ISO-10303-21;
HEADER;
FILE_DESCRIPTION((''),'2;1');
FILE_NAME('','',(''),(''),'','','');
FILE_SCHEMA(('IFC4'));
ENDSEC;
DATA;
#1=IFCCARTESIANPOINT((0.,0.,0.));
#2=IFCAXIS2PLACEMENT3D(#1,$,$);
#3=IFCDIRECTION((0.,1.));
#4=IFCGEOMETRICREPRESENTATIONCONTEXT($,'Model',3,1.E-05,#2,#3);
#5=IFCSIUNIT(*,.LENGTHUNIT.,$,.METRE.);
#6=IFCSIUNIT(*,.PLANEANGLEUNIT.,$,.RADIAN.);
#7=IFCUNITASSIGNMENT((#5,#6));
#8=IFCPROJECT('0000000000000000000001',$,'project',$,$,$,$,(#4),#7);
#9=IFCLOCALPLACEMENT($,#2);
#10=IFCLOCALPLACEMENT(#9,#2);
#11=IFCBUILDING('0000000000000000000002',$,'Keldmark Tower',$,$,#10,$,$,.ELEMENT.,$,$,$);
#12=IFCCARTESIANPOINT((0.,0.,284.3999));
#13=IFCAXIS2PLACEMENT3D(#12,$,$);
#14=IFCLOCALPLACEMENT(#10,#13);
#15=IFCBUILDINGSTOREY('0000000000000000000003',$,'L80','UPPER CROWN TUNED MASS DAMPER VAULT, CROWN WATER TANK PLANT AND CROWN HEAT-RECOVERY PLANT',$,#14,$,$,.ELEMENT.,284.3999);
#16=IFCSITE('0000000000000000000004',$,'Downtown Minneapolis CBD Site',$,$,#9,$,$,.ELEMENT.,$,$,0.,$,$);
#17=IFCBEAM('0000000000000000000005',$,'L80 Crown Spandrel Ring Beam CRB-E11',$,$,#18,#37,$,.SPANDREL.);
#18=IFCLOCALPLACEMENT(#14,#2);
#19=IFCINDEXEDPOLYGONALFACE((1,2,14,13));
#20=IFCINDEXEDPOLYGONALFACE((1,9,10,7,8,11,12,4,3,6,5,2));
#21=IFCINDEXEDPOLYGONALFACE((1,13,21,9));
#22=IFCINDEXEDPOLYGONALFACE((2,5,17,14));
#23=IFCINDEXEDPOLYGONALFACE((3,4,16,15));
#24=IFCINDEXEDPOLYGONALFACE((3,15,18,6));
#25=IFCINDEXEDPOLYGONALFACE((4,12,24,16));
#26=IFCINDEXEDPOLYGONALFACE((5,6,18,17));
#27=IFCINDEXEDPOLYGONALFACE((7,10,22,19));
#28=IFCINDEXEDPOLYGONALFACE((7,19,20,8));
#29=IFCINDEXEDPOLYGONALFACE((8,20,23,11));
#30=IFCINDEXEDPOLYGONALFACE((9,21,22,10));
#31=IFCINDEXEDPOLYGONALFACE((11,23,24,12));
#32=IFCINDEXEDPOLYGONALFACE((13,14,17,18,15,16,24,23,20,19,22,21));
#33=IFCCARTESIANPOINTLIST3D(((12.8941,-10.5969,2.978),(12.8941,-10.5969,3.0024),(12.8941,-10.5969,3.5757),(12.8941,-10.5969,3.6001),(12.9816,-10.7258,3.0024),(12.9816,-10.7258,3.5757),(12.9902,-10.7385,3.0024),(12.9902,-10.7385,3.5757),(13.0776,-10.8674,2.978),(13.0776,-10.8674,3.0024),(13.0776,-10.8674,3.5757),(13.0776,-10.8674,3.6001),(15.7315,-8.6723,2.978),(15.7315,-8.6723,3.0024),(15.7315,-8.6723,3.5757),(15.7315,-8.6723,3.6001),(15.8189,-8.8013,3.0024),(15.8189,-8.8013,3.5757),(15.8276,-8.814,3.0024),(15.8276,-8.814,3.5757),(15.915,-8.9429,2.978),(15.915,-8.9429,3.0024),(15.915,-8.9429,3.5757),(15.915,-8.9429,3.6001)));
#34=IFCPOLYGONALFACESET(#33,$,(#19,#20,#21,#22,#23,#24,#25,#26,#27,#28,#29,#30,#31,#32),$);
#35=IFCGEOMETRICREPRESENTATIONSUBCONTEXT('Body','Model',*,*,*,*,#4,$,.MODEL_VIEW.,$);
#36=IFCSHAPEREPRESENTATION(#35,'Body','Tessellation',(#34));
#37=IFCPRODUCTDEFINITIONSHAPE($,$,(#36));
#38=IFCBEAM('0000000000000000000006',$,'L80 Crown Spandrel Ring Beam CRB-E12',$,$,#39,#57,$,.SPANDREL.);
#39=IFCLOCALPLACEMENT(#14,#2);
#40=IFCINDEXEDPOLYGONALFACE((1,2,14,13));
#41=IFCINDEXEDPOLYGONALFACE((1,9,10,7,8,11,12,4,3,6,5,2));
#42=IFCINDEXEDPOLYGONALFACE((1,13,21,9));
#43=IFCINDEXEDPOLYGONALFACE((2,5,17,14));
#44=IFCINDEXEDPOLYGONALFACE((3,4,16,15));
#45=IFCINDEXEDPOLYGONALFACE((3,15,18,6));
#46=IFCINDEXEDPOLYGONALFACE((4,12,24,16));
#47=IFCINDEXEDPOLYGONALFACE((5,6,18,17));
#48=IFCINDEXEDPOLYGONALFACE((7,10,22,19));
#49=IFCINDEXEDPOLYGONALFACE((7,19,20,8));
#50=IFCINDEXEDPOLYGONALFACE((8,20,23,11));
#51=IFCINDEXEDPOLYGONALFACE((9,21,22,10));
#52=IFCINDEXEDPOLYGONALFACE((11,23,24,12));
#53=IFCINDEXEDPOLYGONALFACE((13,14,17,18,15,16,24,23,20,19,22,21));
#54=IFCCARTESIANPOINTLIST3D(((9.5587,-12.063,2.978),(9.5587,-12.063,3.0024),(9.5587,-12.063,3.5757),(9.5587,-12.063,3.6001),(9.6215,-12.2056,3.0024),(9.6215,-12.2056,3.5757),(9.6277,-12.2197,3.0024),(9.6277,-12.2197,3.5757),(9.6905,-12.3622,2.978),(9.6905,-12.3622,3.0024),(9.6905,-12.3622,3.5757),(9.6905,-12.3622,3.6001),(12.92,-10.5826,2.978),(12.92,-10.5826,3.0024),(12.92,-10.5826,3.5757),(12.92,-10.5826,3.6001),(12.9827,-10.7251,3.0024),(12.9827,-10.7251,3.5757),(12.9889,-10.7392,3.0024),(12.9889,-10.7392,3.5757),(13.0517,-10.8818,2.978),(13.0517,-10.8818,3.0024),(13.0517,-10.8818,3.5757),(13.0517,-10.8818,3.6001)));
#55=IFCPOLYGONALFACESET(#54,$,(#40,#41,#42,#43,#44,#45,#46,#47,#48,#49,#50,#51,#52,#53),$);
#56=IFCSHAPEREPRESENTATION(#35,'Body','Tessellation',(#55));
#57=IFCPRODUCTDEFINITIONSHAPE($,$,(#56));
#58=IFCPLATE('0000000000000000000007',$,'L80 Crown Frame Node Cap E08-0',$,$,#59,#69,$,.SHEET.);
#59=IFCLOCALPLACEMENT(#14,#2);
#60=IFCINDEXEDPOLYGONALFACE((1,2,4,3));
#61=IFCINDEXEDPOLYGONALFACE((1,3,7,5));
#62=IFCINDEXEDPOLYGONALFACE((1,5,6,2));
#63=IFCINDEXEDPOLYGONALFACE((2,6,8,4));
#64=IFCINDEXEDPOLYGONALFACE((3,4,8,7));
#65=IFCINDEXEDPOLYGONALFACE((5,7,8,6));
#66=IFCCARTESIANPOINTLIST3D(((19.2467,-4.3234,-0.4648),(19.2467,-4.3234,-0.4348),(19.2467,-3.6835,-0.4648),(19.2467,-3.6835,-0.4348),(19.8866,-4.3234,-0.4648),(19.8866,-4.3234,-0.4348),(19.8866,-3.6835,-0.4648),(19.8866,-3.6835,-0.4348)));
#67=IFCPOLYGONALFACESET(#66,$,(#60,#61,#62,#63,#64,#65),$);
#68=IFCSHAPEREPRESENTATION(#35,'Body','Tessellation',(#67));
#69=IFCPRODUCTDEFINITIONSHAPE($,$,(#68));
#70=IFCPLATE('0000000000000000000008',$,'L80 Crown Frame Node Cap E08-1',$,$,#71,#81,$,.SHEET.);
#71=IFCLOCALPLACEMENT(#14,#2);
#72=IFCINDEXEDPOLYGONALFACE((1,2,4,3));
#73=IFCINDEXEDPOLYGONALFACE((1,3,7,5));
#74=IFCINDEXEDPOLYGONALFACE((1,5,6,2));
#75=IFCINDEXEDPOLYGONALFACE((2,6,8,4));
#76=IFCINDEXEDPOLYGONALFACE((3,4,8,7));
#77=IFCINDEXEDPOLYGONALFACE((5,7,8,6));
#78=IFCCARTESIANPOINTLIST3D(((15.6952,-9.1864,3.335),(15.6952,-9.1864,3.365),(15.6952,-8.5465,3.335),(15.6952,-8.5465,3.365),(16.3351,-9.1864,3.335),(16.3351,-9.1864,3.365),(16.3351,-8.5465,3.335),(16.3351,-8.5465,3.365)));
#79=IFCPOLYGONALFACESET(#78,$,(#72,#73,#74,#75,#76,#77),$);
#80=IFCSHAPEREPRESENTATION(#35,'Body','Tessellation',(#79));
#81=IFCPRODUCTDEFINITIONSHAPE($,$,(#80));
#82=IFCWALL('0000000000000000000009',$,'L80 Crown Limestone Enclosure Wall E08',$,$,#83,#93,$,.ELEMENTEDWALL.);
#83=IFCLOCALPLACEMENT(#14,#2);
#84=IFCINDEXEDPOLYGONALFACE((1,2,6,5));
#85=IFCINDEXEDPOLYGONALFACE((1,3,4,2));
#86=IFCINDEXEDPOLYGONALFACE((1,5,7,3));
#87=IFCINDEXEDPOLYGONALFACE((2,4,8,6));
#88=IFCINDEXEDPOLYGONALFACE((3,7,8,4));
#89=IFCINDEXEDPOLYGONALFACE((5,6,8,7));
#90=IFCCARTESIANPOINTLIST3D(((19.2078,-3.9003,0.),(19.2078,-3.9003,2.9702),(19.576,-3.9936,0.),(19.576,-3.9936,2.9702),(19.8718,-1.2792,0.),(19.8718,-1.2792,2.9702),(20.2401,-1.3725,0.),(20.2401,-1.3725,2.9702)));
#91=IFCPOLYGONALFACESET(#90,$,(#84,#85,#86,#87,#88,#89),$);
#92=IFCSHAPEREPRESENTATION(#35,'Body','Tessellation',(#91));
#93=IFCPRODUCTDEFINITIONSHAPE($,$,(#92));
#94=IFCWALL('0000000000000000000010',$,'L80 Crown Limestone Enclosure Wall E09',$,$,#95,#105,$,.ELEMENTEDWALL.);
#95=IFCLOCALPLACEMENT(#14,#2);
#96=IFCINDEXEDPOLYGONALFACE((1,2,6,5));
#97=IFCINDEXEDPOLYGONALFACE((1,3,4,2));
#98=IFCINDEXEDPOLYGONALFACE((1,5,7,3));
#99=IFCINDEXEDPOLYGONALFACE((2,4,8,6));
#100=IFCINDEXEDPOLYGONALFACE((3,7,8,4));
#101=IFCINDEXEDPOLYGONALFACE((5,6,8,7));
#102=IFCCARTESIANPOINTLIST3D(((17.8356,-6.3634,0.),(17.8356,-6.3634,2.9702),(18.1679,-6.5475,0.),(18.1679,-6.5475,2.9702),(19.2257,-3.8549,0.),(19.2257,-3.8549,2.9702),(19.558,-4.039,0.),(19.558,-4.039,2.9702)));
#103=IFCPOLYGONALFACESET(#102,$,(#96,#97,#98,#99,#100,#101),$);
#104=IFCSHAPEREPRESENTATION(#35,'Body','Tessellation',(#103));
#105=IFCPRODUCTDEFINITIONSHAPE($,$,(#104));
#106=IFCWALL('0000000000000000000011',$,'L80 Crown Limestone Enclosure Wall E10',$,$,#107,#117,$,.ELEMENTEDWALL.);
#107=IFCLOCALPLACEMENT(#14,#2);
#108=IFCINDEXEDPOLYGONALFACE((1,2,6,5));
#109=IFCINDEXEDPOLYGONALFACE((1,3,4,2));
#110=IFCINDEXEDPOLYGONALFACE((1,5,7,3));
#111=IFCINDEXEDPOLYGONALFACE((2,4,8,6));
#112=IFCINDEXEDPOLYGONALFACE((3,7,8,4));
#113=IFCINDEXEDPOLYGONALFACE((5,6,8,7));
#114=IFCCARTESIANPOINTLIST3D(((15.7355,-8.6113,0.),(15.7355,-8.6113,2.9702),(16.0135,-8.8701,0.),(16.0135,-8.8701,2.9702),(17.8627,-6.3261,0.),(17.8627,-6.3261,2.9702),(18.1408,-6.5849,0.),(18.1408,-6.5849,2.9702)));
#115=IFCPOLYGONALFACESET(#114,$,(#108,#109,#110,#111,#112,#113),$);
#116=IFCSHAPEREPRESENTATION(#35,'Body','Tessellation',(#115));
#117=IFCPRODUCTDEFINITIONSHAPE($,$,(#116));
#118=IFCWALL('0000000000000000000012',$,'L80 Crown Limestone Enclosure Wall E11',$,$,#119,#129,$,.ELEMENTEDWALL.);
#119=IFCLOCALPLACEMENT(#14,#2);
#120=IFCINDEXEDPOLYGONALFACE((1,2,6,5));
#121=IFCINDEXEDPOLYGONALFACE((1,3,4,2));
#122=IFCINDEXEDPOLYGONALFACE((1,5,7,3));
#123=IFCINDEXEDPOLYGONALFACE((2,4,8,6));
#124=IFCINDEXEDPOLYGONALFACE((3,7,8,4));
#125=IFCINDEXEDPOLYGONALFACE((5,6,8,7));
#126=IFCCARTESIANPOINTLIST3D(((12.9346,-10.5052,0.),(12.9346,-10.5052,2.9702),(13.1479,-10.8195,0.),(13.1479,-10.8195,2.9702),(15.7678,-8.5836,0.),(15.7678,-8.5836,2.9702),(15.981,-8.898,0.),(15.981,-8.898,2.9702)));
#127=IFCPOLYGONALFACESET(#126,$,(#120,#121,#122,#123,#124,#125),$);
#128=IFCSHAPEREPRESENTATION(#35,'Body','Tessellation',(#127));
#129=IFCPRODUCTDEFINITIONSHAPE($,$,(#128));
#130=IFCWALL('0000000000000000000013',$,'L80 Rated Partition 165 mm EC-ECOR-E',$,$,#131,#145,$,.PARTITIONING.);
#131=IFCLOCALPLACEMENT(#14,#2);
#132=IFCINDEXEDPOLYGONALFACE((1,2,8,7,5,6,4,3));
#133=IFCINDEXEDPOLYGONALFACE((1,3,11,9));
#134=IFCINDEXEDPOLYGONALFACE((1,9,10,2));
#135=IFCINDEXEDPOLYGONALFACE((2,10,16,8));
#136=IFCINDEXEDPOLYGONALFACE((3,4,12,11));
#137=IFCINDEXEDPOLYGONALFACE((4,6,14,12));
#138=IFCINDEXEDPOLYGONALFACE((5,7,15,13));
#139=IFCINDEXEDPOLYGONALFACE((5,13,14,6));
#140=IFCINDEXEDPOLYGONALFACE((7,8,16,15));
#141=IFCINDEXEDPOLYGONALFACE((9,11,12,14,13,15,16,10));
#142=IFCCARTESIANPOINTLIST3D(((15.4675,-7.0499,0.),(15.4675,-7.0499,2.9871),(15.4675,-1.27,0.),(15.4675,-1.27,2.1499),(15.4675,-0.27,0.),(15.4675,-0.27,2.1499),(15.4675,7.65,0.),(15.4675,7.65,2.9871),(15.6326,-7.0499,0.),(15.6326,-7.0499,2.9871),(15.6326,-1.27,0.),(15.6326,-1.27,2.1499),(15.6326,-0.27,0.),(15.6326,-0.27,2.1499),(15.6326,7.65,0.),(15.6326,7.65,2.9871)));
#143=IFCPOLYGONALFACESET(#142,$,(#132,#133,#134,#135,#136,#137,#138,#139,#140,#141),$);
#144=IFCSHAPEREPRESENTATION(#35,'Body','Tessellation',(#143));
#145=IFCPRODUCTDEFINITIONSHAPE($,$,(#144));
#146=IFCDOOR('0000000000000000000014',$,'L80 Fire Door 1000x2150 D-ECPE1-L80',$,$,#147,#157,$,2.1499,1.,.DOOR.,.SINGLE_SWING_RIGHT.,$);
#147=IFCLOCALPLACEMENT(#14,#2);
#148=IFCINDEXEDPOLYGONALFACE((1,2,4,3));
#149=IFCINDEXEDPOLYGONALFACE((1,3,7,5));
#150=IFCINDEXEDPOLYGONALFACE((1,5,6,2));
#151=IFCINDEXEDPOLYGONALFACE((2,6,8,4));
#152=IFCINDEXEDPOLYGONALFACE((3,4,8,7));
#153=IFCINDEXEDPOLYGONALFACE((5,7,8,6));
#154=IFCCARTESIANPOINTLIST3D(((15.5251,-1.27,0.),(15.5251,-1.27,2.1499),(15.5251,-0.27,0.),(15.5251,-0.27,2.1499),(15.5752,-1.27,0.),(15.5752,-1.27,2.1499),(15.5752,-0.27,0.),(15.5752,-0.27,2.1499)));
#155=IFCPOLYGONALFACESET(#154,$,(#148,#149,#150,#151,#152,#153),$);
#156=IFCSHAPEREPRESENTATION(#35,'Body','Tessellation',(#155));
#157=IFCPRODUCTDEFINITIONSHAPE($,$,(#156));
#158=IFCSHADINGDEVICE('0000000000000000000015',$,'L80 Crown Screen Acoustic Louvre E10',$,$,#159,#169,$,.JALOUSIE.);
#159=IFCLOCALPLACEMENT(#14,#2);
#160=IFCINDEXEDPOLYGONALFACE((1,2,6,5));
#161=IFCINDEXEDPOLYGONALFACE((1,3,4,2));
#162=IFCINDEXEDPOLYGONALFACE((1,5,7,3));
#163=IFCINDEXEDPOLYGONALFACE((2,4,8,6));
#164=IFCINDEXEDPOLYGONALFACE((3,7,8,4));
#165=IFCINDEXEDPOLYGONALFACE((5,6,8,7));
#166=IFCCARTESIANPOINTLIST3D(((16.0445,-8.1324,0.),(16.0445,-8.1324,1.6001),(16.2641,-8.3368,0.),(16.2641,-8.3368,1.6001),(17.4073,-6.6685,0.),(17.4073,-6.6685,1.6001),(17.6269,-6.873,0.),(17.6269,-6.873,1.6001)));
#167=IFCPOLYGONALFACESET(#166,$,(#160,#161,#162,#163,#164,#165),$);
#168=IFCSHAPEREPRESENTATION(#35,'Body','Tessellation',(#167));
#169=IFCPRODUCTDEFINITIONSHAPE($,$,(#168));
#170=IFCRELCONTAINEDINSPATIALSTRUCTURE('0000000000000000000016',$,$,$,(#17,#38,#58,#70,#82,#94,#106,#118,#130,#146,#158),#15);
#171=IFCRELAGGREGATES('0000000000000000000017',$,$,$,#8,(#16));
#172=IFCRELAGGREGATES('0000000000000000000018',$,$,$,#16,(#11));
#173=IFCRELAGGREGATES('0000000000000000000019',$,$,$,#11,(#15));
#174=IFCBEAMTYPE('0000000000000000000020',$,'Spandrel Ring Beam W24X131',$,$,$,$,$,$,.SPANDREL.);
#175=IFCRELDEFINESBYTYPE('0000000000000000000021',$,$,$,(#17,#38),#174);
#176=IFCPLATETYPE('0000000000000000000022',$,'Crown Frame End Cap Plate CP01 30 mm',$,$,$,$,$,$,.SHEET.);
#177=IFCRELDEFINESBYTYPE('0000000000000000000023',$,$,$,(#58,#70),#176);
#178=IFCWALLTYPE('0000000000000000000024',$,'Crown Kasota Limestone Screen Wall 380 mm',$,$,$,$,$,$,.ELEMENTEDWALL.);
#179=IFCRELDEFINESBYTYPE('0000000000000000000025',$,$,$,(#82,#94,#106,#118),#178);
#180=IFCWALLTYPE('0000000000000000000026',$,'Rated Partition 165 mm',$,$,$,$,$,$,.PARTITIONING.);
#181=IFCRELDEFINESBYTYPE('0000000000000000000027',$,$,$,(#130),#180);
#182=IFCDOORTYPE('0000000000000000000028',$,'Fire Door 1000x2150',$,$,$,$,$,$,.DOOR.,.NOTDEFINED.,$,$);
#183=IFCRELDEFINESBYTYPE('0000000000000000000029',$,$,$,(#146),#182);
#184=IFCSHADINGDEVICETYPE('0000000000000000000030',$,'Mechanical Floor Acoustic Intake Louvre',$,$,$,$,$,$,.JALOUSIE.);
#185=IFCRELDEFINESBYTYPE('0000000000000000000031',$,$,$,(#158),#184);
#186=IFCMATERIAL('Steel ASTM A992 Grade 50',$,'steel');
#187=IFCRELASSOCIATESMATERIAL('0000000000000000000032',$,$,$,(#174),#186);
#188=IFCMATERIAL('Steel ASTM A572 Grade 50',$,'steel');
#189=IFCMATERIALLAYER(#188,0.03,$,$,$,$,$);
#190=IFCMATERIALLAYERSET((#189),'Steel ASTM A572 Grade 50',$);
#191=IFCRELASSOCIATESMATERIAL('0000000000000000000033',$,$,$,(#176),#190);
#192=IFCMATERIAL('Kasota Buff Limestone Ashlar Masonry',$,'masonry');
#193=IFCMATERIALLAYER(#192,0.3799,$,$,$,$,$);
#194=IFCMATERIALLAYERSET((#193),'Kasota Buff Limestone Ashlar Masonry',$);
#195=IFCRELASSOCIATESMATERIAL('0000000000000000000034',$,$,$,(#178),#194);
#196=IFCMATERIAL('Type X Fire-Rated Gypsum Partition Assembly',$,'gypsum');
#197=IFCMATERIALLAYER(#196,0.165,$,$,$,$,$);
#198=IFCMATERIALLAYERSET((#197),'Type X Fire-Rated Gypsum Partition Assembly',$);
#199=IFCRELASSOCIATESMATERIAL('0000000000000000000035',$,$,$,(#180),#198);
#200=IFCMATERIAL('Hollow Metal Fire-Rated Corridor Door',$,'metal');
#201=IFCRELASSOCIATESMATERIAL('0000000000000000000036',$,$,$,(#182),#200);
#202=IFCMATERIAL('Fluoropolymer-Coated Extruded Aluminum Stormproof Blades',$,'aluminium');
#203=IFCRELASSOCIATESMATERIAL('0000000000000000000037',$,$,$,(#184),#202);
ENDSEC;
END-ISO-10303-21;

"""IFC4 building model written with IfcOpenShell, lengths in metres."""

from ifc_helpers import new_model, si_unit, direction, frame, frame_2d, origin, origin_2d, place, context, subcontext, project, spatial, rectangle, i_section, extrude, material, layer, layer_set, material_profile, profile_set, type_object, element, fill, save


model = new_model("IFC4")

# Units and contexts
model_context = context("Model", 3, precision=1e-05, world=origin(), true_north=direction((0.0, 1.0)))
body_context = subcontext(model_context, "Body", "Model", "MODEL_VIEW")
ifc_project = project(units=[si_unit("LENGTHUNIT", "METRE"), si_unit("PLANEANGLEUNIT", "RADIAN")], contexts=[model_context])

# Site, building, storey
site_placement = place(None, origin())
site = spatial("IfcSite", under=ifc_project, at=site_placement, Name="Downtown Minneapolis CBD Site", CompositionType="ELEMENT", RefElevation=0.0)
building_placement = place(site_placement, origin())
building = spatial("IfcBuilding", under=site, at=building_placement, Name="Keldmark Tower", CompositionType="ELEMENT")
storey_placement = place(building_placement, frame((0.0, 0.0, 284.3999)))
storey = spatial("IfcBuildingStorey", under=building, at=storey_placement, Name="L80", Description="UPPER CROWN TUNED MASS DAMPER VAULT, CROWN WATER TANK PLANT AND CROWN HEAT-RECOVERY PLANT", CompositionType="ELEMENT", Elevation=284.3999)

# Beams
ifc_material_1 = material(Name="Steel ASTM A992 Grade 50", Category="steel")
ifc_material_profile_1 = material_profile(ifc_material_1, i_section(OverallWidth=0.3269, OverallDepth=0.6221, WebThickness=0.0154, FlangeThickness=0.0244, at=origin_2d()), Name="W24X131")
ifc_profile_set_1 = profile_set([ifc_material_profile_1], Name="Steel ASTM A992 Grade 50")
beam_type_1 = type_object("IfcBeamType", Name="Spandrel Ring Beam W24X131", PredefinedType="SPANDREL", material=ifc_profile_set_1)
beam_1_placement = place(storey_placement, frame((15.8232, -8.8076, 3.2891), z_axis=(-0.827587, -0.561338, 0.0), x_axis=(0.561338, -0.827587, 0.0)))
element("IfcBeam", 1, at=beam_1_placement, inside=storey, type_object=beam_type_1, Name="L80 Crown Spandrel Ring Beam CRB-E11", PredefinedType="SPANDREL", context=body_context, shape_type="SweptSolid", body=[
    extrude(i_section(OverallWidth=0.3269, OverallDepth=0.6221, WebThickness=0.0154, FlangeThickness=0.0244, at=origin_2d()), origin(), (0.0, 0.0, 1.0), 3.4285),
])
beam_2_placement = place(storey_placement, frame((12.9858, -10.7322, 3.2891), z_axis=(-0.915166, -0.403077, 0.0), x_axis=(0.403077, -0.915166, 0.0)))
element("IfcBeam", 2, at=beam_2_placement, inside=storey, type_object=beam_type_1, Name="L80 Crown Spandrel Ring Beam CRB-E12", PredefinedType="SPANDREL", context=body_context, shape_type="SweptSolid", body=[
    extrude(i_section(OverallWidth=0.3269, OverallDepth=0.6221, WebThickness=0.0154, FlangeThickness=0.0244, at=origin_2d()), origin(), (0.0, 0.0, 1.0), 3.6729),
])

# Plates
ifc_material_2 = material(Name="Steel ASTM A572 Grade 50", Category="steel")
ifc_layer_1 = layer(ifc_material_2, 0.03)
ifc_layer_set_1 = layer_set([ifc_layer_1], Name="Steel ASTM A572 Grade 50")
plate_type = type_object("IfcPlateType", Name="Crown Frame End Cap Plate CP01 30 mm", PredefinedType="SHEET", material=ifc_layer_set_1)
for number, where, z_axis, x_axis, name in (
    (3, (19.5667, -4.0034, -0.4648), (0.0, 0.0, 1.0), (1.0, 0.0, 0.0), "L80 Crown Frame Node Cap E08-0"),
    (4, (16.0151, -8.8665, 3.335), (0.0, 0.0, 1.0), (1.0, 0.0, 0.0), "L80 Crown Frame Node Cap E08-1"),
):
    element("IfcPlate", number, at=place(storey_placement, frame(where, z_axis=z_axis, x_axis=x_axis)), inside=storey, type_object=plate_type, Name=name, PredefinedType="SHEET", context=body_context, shape_type="SweptSolid", body=[
        extrude(rectangle(XDim=0.6399, YDim=0.6399, at=origin_2d()), origin(), (0.0, 0.0, 1.0), 0.03),
    ])

# Walls
ifc_material_3 = material(Name="Kasota Buff Limestone Ashlar Masonry", Category="masonry")
ifc_layer_2 = layer(ifc_material_3, 0.3799)
ifc_layer_set_2 = layer_set([ifc_layer_2], Name="Kasota Buff Limestone Ashlar Masonry")
wall_type_1 = type_object("IfcWallType", Name="Crown Kasota Limestone Screen Wall 380 mm", PredefinedType="ELEMENTEDWALL", material=ifc_layer_set_2)
wall_1_placement = place(storey_placement, frame((19.3918, -3.947, 0.0), z_axis=(0.0, 0.0, 1.0), x_axis=(0.245594, 0.969373, 0.0)))
element("IfcWall", 5, at=wall_1_placement, inside=storey, type_object=wall_type_1, Name="L80 Crown Limestone Enclosure Wall E08", PredefinedType="ELEMENTEDWALL", context=body_context, shape_type="SweptSolid", body=[
    extrude(rectangle(XDim=2.7039, YDim=0.3799, at=frame_2d((1.3521, 0.0))), origin(), (0.0, 0.0, 1.0), 2.9702),
])
wall_2_placement = place(storey_placement, frame((18.0017, -6.4556, 0.0), z_axis=(0.0, 0.0, 1.0), x_axis=(0.48471, 0.874675, 0.0)))
element("IfcWall", 6, at=wall_2_placement, inside=storey, type_object=wall_type_1, Name="L80 Crown Limestone Enclosure Wall E09", PredefinedType="ELEMENTEDWALL", context=body_context, shape_type="SweptSolid", body=[
    extrude(rectangle(XDim=2.8679, YDim=0.3799, at=frame_2d((1.4341, 0.0))), origin(), (0.0, 0.0, 1.0), 2.9702),
])
wall_3_placement = place(storey_placement, frame((15.8745, -8.7407, 0.0), z_axis=(0.0, 0.0, 1.0), x_axis=(0.681356, 0.731952, 0.0)))
element("IfcWall", 7, at=wall_3_placement, inside=storey, type_object=wall_type_1, Name="L80 Crown Limestone Enclosure Wall E10", PredefinedType="ELEMENTEDWALL", context=body_context, shape_type="SweptSolid", body=[
    extrude(rectangle(XDim=3.1221, YDim=0.3799, at=frame_2d((1.561, 0.0))), origin(), (0.0, 0.0, 1.0), 2.9702),
])
wall_4_placement = place(storey_placement, frame((13.0413, -10.6624, 0.0), z_axis=(0.0, 0.0, 1.0), x_axis=(0.827602, 0.561315, 0.0)))
element("IfcWall", 8, at=wall_4_placement, inside=storey, type_object=wall_type_1, Name="L80 Crown Limestone Enclosure Wall E11", PredefinedType="ELEMENTEDWALL", context=body_context, shape_type="SweptSolid", body=[
    extrude(rectangle(XDim=3.4233, YDim=0.3799, at=frame_2d((1.7117, 0.0))), origin(), (0.0, 0.0, 1.0), 2.9702),
])

# Wall, opening, door
ifc_material_4 = material(Name="Type X Fire-Rated Gypsum Partition Assembly", Category="gypsum")
ifc_layer_3 = layer(ifc_material_4, 0.165)
ifc_layer_set_3 = layer_set([ifc_layer_3], Name="Type X Fire-Rated Gypsum Partition Assembly")
wall_type_2 = type_object("IfcWallType", Name="Rated Partition 165 mm", PredefinedType="PARTITIONING", material=ifc_layer_set_3)
wall_5_placement = place(storey_placement, frame((15.55, -7.05, 0.0), z_axis=(0.0, 0.0, 1.0), x_axis=(0.0, 1.0, 0.0)))
wall_5 = element("IfcWall", 9, at=wall_5_placement, inside=storey, type_object=wall_type_2, Name="L80 Rated Partition 165 mm EC-ECOR-E", PredefinedType="PARTITIONING", context=body_context, shape_type="SweptSolid", body=[
    extrude(rectangle(XDim=14.7, YDim=0.165, at=frame_2d((7.3501, 0.0))), origin(), (0.0, 0.0, 1.0), 2.9871),
])
opening_1_placement = place(wall_5_placement, frame((5.78, 0.0, 0.0)))
opening_1 = element("IfcOpeningElement", 10, at=opening_1_placement, cuts=wall_5, PredefinedType="OPENING", context=body_context, shape_type="SweptSolid", body=[
    extrude(rectangle(XDim=1.0, YDim=2.1499, at=frame_2d((0.5, 1.075))), frame((0.0, 0.0925, 0.0), z_axis=(0.0, -1.0, 0.0), x_axis=(1.0, 0.0, 0.0)), (0.0, 0.0, 1.0), 0.1851),
])
ifc_material_5 = material(Name="Hollow Metal Fire-Rated Corridor Door", Category="metal")
door_type_1 = type_object("IfcDoorType", Name="Fire Door 1000x2150", OperationType="NOTDEFINED", PredefinedType="DOOR", material=ifc_material_5)
door_1_placement = place(opening_1_placement, origin())
door_1 = element("IfcDoor", 11, at=door_1_placement, inside=storey, type_object=door_type_1, Name="L80 Fire Door 1000x2150 D-ECPE1-L80", OperationType="SINGLE_SWING_RIGHT", OverallHeight=2.1499, OverallWidth=1.0, PredefinedType="DOOR", context=body_context, shape_type="SweptSolid", body=[
    extrude(rectangle(XDim=1.0, YDim=2.1499, at=frame_2d((0.5, 1.075))), frame((0.0, 0.0249, 0.0), z_axis=(0.0, -1.0, 0.0), x_axis=(1.0, 0.0, 0.0)), (0.0, 0.0, 1.0), 0.05),
])
fill(opening_1, door_1)

# Shading device
ifc_material_6 = material(Name="Fluoropolymer-Coated Extruded Aluminum Stormproof Blades", Category="aluminium")
shading_device_type = type_object("IfcShadingDeviceType", Name="Mechanical Floor Acoustic Intake Louvre", PredefinedType="JALOUSIE", material=ifc_material_6)
shading_device_placement = place(storey_placement, frame((16.8357, -7.5027, 0.0), z_axis=(0.0, 0.0, 1.0), x_axis=(0.681373, 0.731937, 0.0)))
element("IfcShadingDevice", 12, at=shading_device_placement, inside=storey, type_object=shading_device_type, Name="L80 Crown Screen Acoustic Louvre E10", PredefinedType="JALOUSIE", context=body_context, shape_type="SweptSolid", body=[
    extrude(rectangle(XDim=2.0, YDim=0.3, at=origin_2d()), origin(), (0.0, 0.0, 1.0), 1.6001),
])

save(model, "model.ifc")
